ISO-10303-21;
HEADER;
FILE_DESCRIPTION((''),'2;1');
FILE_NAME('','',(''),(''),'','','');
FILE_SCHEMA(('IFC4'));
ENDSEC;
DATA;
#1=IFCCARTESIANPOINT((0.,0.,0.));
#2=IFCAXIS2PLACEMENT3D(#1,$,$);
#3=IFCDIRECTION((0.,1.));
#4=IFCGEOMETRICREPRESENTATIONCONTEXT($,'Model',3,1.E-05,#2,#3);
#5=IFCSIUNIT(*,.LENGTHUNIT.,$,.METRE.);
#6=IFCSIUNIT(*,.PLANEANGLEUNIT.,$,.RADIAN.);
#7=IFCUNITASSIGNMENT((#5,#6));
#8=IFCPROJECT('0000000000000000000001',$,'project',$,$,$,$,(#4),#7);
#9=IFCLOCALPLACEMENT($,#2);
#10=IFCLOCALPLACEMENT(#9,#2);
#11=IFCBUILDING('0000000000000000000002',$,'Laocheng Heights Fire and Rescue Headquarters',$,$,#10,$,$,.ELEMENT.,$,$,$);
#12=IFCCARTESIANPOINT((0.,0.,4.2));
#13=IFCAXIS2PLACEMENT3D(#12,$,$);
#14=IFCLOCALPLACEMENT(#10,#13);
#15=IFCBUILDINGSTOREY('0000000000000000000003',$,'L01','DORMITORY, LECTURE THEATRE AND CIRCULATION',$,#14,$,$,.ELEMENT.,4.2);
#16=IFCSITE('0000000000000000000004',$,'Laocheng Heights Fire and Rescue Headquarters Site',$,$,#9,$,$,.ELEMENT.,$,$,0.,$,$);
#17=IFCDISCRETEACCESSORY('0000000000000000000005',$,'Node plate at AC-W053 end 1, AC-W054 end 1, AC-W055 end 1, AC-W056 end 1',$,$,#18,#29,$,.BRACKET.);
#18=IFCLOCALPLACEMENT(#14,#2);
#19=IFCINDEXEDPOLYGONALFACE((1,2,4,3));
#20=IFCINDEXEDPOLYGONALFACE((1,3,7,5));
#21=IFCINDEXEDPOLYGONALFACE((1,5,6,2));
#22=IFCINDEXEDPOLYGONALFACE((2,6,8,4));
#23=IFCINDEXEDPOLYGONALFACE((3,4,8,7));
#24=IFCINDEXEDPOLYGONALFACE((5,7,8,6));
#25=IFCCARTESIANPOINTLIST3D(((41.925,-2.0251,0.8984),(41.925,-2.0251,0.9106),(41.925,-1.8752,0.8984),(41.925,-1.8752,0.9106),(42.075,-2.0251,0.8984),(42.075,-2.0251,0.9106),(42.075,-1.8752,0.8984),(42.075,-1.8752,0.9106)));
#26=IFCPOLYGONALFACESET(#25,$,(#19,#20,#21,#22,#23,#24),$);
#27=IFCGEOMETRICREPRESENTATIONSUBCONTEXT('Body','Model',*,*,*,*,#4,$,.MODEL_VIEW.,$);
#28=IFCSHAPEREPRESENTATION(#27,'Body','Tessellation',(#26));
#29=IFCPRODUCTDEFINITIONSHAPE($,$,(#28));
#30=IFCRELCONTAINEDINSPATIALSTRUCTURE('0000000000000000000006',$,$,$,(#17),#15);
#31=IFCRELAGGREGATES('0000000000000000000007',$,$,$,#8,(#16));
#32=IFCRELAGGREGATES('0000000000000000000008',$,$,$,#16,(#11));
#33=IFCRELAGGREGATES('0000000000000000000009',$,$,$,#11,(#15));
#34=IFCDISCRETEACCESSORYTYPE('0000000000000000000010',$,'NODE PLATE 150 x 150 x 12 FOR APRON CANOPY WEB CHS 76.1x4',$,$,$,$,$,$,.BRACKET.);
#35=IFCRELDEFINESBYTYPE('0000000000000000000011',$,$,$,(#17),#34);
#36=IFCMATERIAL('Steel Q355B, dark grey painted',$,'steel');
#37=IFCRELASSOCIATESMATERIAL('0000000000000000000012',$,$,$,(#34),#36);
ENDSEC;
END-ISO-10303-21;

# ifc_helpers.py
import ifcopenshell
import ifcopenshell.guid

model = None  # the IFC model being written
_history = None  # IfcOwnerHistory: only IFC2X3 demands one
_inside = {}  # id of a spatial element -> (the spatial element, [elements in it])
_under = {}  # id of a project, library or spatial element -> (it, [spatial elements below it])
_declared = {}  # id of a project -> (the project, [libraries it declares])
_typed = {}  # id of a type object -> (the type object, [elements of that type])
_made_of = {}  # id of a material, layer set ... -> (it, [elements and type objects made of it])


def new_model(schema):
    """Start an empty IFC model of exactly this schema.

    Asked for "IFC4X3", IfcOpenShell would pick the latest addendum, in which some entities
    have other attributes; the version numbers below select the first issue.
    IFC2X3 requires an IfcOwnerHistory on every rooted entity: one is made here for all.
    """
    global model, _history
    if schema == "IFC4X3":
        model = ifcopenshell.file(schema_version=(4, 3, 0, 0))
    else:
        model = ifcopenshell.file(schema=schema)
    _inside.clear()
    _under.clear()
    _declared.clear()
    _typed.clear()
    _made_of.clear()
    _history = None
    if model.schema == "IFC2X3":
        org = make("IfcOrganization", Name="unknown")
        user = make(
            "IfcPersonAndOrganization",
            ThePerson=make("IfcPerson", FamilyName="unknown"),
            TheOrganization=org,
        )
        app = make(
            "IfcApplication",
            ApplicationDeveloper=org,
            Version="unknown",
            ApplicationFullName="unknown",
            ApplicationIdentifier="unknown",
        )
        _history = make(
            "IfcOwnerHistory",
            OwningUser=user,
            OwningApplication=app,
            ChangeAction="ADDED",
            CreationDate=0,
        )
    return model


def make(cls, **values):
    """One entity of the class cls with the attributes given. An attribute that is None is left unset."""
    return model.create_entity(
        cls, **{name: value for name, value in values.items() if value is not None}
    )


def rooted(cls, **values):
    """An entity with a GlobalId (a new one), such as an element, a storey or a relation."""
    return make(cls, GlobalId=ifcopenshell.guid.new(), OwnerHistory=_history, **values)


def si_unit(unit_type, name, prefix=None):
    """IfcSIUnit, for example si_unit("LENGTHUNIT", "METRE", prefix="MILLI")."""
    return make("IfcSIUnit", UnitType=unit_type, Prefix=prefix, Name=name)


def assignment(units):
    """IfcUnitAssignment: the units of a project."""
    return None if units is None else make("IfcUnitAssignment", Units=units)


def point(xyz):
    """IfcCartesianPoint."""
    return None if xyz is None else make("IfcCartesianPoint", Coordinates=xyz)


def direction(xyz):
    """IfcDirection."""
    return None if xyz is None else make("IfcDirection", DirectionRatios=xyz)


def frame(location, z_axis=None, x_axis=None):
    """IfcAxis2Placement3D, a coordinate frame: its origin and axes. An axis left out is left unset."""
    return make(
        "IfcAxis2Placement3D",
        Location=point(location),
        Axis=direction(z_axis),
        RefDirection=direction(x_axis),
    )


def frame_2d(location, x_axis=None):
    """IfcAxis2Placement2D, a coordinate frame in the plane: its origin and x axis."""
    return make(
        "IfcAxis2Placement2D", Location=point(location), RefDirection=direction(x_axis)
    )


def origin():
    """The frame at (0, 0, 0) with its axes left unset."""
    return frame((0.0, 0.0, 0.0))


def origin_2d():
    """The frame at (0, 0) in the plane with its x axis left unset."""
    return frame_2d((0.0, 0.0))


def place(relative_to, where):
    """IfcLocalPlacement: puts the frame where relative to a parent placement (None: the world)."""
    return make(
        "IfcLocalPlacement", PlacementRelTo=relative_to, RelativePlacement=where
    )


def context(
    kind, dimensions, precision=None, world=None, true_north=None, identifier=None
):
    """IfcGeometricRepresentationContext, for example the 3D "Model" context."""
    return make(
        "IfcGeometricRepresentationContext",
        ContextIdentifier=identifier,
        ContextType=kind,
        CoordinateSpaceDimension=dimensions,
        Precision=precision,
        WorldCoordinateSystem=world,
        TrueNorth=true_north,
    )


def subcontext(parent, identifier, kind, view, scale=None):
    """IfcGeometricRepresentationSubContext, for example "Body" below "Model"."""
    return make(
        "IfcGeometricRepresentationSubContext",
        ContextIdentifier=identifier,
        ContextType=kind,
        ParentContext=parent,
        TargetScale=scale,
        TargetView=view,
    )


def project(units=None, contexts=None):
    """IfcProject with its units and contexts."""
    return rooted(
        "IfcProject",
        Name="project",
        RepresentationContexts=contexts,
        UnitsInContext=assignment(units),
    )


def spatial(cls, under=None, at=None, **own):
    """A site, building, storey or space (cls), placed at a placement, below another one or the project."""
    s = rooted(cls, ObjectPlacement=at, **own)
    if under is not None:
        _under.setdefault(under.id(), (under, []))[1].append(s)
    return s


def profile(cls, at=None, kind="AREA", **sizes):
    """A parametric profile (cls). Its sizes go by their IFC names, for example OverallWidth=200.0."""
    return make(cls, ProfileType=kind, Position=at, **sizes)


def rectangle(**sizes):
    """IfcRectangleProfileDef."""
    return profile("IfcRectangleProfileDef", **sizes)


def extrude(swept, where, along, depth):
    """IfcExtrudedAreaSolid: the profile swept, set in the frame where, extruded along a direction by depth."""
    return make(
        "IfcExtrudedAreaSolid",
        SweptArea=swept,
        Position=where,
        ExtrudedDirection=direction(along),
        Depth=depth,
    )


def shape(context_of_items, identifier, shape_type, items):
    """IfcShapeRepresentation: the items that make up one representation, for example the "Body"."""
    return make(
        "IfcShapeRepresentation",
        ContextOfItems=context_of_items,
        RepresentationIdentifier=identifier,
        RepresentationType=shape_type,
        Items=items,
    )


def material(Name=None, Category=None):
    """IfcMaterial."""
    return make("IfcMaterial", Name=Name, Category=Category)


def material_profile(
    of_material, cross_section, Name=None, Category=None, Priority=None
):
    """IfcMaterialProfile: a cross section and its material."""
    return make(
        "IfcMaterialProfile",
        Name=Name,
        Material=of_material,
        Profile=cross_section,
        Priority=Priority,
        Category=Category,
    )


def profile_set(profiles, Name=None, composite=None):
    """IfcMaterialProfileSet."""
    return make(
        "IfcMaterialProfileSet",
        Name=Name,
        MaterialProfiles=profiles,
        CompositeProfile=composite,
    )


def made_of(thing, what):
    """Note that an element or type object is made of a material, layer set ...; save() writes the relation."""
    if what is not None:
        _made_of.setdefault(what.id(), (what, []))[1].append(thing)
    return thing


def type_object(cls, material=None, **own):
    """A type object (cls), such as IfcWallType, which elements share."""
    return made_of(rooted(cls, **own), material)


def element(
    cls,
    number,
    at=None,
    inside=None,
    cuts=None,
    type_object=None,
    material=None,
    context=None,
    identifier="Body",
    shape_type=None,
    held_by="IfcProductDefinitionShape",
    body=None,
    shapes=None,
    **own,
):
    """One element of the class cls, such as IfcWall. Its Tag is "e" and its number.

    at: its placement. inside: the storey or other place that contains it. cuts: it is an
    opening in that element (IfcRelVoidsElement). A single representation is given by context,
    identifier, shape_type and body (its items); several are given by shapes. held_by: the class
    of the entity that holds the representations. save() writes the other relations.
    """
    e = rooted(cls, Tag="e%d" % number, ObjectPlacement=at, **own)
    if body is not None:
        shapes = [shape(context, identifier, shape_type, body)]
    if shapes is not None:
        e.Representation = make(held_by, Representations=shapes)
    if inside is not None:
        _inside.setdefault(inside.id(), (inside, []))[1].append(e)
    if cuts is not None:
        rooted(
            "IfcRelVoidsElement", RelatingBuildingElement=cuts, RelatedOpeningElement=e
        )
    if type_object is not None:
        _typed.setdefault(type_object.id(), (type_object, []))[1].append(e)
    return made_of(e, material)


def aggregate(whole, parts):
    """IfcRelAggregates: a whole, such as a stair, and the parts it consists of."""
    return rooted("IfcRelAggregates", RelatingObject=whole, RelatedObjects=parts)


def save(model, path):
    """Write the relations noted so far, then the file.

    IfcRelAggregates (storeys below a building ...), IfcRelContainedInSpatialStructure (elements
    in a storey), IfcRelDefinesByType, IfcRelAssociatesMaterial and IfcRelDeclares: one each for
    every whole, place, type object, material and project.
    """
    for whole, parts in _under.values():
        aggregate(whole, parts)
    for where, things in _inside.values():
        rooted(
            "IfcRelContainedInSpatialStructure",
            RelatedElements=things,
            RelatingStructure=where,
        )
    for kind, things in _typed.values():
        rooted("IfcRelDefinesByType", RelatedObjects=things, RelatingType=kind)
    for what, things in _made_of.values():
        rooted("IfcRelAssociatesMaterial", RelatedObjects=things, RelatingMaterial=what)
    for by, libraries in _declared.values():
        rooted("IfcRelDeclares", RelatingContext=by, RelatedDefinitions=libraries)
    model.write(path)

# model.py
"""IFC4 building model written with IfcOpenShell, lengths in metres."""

from ifc_helpers import new_model, si_unit, direction, frame, origin, origin_2d, place, context, subcontext, project, spatial, rectangle, extrude, material, material_profile, profile_set, type_object, element, save


model = new_model("IFC4")

# Units and contexts
model_context = context("Model", 3, precision=1e-05, world=origin(), true_north=direction((0.0, 1.0)))
body_context = subcontext(model_context, "Body", "Model", "MODEL_VIEW")
ifc_project = project(units=[si_unit("LENGTHUNIT", "METRE"), si_unit("PLANEANGLEUNIT", "RADIAN")], contexts=[model_context])

# Site, building, storey
site_placement = place(None, origin())
site = spatial("IfcSite", under=ifc_project, at=site_placement, Name="Laocheng Heights Fire and Rescue Headquarters Site", CompositionType="ELEMENT", RefElevation=0.0)
building_placement = place(site_placement, origin())
building = spatial("IfcBuilding", under=site, at=building_placement, Name="Laocheng Heights Fire and Rescue Headquarters", CompositionType="ELEMENT")
storey_placement = place(building_placement, frame((0.0, 0.0, 4.2)))
storey = spatial("IfcBuildingStorey", under=building, at=storey_placement, Name="L01", Description="DORMITORY, LECTURE THEATRE AND CIRCULATION", CompositionType="ELEMENT", Elevation=4.2)

# Discrete accessory
ifc_material_1 = material(Name="Steel Q355B, dark grey painted", Category="steel")
ifc_material_profile_1 = material_profile(ifc_material_1, rectangle(XDim=0.1499, YDim=0.1499, at=origin_2d()), Name="NODE PLATE 150 x 150 x 12 FOR APRON CANOPY WEB CHS 76.1x4")
ifc_profile_set_1 = profile_set([ifc_material_profile_1], Name="Steel Q355B, dark grey painted")
discrete_accessory_type = type_object("IfcDiscreteAccessoryType", Name="NODE PLATE 150 x 150 x 12 FOR APRON CANOPY WEB CHS 76.1x4", PredefinedType="BRACKET", material=ifc_profile_set_1)
discrete_accessory_1_placement = place(storey_placement, frame((42.0, -1.9502, 0.8984), z_axis=(0.0, 0.0, 1.0), x_axis=(1.0, 0.0, 0.0)))
element("IfcDiscreteAccessory", 1, at=discrete_accessory_1_placement, inside=storey, type_object=discrete_accessory_type, Name="Node plate at AC-W053 end 1, AC-W054 end 1, AC-W055 end 1, AC-W056 end 1", PredefinedType="BRACKET", context=body_context, shape_type="SweptSolid", body=[
    extrude(rectangle(XDim=0.1499, YDim=0.1499, at=origin_2d()), origin(), (0.0, 0.0, 1.0), 0.0122),
])

save(model, "model.ifc")
